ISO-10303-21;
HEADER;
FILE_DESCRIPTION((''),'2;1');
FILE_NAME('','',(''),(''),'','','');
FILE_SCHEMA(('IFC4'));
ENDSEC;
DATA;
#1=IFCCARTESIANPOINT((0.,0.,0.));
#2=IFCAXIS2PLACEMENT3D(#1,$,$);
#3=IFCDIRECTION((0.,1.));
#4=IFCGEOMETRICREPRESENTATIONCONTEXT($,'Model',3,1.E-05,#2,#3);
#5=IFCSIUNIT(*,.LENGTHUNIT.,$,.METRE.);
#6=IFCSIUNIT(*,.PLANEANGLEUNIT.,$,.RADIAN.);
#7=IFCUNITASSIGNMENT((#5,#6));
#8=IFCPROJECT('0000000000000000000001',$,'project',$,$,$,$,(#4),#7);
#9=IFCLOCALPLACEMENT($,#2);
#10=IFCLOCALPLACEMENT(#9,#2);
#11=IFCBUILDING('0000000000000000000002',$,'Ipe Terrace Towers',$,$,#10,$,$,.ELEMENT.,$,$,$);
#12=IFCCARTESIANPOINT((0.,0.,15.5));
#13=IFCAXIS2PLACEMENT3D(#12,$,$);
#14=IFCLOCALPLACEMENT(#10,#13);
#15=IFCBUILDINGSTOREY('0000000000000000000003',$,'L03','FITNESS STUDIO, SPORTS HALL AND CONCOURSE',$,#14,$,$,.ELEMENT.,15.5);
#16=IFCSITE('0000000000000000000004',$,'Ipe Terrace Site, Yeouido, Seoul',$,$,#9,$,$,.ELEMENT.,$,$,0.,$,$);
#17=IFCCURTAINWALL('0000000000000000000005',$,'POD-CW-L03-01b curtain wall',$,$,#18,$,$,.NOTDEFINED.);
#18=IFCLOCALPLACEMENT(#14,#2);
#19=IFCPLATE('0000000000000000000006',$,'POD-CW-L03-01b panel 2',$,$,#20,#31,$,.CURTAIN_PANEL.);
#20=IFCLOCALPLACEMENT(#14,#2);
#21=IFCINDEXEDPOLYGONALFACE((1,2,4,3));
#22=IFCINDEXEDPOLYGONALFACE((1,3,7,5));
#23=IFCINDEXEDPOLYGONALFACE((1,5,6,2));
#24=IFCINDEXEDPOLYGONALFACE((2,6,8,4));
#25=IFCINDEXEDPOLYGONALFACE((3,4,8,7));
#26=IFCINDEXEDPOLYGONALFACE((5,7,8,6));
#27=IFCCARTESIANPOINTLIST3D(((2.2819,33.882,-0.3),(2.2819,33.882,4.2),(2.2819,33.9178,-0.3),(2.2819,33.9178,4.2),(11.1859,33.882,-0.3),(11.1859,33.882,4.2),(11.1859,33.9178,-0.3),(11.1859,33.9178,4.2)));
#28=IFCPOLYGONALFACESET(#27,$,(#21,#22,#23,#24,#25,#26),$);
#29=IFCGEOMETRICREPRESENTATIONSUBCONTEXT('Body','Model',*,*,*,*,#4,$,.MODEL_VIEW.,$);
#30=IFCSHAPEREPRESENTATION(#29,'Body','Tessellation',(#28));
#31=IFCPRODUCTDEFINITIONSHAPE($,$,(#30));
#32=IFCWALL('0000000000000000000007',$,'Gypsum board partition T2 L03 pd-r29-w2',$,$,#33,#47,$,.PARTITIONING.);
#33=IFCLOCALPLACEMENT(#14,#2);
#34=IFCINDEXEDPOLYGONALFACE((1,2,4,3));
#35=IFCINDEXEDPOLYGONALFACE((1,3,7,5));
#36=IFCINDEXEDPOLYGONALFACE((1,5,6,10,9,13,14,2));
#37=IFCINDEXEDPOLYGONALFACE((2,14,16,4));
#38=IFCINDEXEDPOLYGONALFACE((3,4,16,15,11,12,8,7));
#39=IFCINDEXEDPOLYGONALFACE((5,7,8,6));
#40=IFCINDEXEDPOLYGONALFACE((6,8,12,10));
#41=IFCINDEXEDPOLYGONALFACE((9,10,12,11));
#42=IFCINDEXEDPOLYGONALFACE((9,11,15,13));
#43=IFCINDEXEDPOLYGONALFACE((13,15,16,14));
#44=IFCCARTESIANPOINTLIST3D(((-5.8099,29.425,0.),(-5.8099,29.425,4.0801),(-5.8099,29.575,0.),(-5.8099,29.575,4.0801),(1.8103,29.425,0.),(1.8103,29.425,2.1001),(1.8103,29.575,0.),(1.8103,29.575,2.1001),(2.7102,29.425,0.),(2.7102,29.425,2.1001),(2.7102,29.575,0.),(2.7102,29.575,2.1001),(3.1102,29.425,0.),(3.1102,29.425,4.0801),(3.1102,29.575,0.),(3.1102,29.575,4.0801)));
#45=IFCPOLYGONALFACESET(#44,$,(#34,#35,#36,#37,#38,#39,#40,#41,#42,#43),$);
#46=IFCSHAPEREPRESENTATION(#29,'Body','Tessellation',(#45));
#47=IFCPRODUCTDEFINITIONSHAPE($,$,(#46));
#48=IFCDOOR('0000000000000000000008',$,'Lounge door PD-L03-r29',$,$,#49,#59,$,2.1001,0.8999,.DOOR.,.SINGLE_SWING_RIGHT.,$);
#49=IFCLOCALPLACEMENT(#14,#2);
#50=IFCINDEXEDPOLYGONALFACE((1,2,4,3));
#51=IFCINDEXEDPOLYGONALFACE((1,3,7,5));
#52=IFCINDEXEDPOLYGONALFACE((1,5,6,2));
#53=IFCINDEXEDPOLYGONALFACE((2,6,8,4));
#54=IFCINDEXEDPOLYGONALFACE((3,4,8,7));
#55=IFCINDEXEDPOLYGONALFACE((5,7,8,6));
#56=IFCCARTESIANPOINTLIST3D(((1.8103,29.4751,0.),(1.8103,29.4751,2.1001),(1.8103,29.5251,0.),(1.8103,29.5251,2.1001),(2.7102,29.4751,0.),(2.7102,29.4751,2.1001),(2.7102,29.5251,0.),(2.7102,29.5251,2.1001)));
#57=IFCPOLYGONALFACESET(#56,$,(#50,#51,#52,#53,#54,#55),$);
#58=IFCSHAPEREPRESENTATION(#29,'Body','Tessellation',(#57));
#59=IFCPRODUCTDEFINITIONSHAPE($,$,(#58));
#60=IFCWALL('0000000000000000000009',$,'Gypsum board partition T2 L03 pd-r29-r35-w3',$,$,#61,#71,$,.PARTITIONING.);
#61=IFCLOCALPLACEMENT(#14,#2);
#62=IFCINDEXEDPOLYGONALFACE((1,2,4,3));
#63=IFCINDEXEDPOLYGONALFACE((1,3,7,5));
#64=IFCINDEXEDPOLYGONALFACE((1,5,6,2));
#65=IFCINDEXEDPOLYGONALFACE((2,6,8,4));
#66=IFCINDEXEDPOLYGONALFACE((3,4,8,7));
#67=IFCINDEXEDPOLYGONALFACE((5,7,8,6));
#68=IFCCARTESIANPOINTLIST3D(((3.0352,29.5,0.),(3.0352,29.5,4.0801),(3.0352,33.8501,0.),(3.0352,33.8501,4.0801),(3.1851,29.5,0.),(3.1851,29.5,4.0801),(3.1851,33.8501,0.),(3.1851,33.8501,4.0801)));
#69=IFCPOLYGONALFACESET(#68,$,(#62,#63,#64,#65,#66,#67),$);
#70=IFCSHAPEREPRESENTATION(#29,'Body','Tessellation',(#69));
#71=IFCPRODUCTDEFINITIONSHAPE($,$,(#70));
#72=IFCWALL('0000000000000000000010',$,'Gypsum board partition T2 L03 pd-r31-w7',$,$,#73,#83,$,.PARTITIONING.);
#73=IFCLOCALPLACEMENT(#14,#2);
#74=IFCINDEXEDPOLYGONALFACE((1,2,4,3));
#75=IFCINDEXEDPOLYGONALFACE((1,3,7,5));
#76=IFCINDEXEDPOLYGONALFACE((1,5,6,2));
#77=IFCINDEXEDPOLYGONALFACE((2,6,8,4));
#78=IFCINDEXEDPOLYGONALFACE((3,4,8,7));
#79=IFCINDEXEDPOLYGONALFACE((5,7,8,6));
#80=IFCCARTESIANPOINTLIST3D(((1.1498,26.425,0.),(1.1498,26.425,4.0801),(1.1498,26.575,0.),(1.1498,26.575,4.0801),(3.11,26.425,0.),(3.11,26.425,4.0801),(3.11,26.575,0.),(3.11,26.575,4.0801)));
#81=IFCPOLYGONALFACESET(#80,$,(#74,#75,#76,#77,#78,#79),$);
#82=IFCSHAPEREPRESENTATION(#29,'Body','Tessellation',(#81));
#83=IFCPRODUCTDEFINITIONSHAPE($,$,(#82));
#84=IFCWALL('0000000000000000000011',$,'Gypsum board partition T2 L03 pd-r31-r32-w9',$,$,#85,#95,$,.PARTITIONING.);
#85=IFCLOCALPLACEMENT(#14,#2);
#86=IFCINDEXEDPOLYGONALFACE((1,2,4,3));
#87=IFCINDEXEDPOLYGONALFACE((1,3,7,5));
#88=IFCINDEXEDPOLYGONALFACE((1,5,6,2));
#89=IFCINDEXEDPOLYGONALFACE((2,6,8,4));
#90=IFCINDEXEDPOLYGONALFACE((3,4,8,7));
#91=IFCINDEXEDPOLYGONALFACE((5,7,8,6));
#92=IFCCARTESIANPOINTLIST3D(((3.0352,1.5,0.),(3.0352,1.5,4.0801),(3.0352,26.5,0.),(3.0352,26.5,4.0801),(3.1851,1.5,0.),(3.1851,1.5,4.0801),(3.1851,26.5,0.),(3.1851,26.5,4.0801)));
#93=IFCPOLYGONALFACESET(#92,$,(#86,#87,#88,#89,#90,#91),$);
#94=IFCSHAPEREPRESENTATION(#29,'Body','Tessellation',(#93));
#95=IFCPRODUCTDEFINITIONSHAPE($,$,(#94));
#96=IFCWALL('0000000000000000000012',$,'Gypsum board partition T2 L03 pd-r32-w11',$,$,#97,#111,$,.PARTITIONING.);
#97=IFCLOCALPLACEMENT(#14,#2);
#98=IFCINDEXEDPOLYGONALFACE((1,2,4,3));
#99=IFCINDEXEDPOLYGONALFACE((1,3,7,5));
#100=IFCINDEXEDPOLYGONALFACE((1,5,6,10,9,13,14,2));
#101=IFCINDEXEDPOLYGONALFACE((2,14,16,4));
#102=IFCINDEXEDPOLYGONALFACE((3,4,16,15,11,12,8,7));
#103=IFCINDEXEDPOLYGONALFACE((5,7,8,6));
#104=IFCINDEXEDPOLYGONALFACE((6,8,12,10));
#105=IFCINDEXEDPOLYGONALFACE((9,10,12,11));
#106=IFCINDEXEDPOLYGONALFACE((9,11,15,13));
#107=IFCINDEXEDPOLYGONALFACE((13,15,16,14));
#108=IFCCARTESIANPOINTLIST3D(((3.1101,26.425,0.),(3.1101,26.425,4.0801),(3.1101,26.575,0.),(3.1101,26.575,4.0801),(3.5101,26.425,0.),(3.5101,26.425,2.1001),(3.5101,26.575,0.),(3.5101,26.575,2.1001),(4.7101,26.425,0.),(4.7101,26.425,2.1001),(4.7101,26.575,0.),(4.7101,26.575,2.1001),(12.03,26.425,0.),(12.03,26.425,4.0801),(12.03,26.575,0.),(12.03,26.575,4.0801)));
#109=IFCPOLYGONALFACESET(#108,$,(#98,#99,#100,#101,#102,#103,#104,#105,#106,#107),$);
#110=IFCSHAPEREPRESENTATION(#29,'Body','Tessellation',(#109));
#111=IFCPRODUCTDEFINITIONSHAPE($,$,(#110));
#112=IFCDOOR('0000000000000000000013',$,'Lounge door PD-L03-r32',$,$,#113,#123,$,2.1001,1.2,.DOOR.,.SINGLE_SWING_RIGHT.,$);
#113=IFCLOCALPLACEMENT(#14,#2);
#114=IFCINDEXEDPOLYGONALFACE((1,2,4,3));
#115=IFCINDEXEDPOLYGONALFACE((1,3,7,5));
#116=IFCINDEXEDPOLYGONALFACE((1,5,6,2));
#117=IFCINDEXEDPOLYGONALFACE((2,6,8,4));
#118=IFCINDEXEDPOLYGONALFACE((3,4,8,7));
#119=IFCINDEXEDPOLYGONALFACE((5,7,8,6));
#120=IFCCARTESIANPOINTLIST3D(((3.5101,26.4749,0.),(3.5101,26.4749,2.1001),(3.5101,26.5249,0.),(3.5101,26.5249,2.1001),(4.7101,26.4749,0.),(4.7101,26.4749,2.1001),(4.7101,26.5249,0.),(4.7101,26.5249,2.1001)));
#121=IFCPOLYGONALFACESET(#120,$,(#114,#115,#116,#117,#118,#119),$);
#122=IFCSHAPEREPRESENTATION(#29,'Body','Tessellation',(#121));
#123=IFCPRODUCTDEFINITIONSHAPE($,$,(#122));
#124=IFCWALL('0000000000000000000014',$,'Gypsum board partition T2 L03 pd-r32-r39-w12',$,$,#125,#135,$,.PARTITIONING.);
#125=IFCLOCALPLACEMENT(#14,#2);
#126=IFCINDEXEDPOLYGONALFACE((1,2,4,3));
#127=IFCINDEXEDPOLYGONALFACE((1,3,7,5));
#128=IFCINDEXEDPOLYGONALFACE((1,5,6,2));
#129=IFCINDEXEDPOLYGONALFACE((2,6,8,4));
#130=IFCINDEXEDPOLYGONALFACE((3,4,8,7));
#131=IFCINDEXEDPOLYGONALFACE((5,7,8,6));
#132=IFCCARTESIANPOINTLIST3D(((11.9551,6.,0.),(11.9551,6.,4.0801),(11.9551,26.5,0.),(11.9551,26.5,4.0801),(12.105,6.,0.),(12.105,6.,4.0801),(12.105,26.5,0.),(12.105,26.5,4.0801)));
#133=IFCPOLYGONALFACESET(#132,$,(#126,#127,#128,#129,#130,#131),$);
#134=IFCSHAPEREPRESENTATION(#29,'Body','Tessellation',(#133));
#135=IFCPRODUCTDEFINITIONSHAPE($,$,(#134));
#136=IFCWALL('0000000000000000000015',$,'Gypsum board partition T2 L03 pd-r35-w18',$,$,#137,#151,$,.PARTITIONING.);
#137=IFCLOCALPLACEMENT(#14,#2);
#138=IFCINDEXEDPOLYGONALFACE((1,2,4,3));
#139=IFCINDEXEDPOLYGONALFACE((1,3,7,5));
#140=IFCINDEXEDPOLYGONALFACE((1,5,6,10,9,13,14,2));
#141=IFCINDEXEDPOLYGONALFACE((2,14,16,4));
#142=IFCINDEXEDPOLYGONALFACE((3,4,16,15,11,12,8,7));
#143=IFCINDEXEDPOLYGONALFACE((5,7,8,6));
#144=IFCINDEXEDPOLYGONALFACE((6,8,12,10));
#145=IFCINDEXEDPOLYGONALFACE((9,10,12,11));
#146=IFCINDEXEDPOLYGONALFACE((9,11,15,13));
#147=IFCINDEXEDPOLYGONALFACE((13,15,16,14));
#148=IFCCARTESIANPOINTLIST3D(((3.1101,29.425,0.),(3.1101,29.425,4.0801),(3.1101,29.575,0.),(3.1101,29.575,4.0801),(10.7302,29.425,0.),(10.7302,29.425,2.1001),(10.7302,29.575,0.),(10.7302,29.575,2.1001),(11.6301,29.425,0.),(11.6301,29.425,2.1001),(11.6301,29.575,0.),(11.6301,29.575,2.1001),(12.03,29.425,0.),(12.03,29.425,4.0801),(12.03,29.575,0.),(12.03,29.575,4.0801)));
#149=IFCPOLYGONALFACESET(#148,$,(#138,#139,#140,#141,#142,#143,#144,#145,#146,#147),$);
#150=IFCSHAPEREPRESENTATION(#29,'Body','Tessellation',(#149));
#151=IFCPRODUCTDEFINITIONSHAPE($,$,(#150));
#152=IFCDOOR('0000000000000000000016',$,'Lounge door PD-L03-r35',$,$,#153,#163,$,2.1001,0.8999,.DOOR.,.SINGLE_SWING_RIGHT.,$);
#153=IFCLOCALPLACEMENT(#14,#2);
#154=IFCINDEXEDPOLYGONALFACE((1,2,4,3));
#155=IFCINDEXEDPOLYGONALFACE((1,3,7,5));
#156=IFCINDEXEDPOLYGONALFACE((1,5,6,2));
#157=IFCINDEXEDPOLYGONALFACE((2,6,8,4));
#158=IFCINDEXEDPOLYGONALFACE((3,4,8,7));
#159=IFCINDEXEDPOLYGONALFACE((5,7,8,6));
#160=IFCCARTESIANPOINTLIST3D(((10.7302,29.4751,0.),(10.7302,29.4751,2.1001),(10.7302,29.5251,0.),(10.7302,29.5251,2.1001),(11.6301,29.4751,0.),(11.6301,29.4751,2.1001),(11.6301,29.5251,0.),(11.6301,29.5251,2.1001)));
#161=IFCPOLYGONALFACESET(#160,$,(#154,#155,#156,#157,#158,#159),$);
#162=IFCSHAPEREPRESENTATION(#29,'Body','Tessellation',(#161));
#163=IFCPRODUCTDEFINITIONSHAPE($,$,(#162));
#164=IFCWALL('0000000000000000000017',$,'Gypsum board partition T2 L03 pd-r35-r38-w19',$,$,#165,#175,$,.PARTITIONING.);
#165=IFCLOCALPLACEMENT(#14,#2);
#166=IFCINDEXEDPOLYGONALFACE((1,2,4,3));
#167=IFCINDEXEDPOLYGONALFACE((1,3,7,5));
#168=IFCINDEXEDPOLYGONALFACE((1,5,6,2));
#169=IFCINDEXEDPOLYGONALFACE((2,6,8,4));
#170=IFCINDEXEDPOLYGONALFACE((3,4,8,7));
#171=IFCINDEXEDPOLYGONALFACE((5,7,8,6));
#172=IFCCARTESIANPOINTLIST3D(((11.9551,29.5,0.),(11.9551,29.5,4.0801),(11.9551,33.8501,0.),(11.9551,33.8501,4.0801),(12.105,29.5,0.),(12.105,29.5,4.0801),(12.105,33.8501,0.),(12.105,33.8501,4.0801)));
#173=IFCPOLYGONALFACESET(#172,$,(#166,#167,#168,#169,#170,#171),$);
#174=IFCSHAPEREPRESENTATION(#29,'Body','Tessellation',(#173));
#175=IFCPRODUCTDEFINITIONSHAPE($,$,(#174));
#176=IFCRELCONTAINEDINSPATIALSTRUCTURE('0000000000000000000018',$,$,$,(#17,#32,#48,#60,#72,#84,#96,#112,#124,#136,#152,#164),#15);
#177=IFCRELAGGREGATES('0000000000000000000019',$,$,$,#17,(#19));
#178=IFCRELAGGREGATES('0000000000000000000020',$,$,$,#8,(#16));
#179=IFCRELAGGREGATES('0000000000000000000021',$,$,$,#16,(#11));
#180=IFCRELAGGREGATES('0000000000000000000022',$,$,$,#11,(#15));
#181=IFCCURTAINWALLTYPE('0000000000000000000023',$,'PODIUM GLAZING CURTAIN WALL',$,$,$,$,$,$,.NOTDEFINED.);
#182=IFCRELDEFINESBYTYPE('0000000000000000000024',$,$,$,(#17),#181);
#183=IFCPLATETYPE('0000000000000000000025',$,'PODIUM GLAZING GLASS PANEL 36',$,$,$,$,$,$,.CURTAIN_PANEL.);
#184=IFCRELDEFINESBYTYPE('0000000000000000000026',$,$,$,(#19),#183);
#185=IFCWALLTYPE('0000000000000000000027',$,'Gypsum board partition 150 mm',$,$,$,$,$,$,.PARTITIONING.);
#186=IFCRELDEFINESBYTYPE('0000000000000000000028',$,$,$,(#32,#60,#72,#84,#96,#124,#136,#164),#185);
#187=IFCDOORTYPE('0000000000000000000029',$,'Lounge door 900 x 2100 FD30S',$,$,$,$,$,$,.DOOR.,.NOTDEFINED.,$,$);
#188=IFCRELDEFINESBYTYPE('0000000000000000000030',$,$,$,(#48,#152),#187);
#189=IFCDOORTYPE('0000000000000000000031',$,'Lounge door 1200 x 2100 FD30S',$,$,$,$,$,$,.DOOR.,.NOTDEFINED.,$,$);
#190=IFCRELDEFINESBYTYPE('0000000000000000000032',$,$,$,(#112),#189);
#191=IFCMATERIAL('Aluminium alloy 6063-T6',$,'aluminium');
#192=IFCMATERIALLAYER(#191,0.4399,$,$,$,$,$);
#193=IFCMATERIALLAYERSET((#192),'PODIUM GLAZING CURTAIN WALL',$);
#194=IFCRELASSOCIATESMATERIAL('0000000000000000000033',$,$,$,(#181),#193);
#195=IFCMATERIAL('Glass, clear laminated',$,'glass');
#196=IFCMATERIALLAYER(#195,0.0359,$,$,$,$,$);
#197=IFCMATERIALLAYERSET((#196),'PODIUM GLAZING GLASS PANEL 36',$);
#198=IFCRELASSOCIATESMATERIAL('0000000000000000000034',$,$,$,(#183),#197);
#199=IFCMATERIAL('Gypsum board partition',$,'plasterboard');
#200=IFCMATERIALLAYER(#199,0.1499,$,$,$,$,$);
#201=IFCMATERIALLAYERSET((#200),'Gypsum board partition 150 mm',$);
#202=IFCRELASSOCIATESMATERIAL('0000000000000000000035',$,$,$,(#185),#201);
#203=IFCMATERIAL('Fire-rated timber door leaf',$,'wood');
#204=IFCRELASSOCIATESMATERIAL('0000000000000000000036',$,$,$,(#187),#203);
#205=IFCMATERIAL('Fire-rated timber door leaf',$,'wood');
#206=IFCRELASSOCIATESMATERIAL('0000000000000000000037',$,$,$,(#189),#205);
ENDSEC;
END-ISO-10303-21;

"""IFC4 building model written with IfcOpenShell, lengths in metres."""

from ifc_helpers import new_model, si_unit, direction, frame, frame_2d, origin, origin_2d, place, context, subcontext, project, spatial, rectangle, extrude, material, layer, layer_set, type_object, element, fill, aggregate, save


model = new_model("IFC4")

# Units and contexts
model_context = context("Model", 3, precision=1e-05, world=origin(), true_north=direction((0.0, 1.0)))
body_context = subcontext(model_context, "Body", "Model", "MODEL_VIEW")
ifc_project = project(units=[si_unit("LENGTHUNIT", "METRE"), si_unit("PLANEANGLEUNIT", "RADIAN")], contexts=[model_context])

# Site, building, storey
site_placement = place(None, origin())
site = spatial("IfcSite", under=ifc_project, at=site_placement, Name="Ipe Terrace Site, Yeouido, Seoul", CompositionType="ELEMENT", RefElevation=0.0)
building_placement = place(site_placement, origin())
building = spatial("IfcBuilding", under=site, at=building_placement, Name="Ipe Terrace Towers", CompositionType="ELEMENT")
storey_placement = place(building_placement, frame((0.0, 0.0, 15.5)))
storey = spatial("IfcBuildingStorey", under=building, at=storey_placement, Name="L03", Description="FITNESS STUDIO, SPORTS HALL AND CONCOURSE", CompositionType="ELEMENT", Elevation=15.5)

# Curtain wall, plate
ifc_material_1 = material(Name="Aluminium alloy 6063-T6", Category="aluminium")
ifc_layer_1 = layer(ifc_material_1, 0.4399)
ifc_layer_set_1 = layer_set([ifc_layer_1], Name="PODIUM GLAZING CURTAIN WALL")
curtain_wall_type = type_object("IfcCurtainWallType", Name="PODIUM GLAZING CURTAIN WALL", PredefinedType="NOTDEFINED", material=ifc_layer_set_1)
curtain_wall_placement = place(storey_placement, origin())
curtain_wall = element("IfcCurtainWall", 1, at=curtain_wall_placement, inside=storey, type_object=curtain_wall_type, Name="POD-CW-L03-01b curtain wall", PredefinedType="NOTDEFINED")
ifc_material_2 = material(Name="Glass, clear laminated", Category="glass")
ifc_layer_2 = layer(ifc_material_2, 0.0359)
ifc_layer_set_2 = layer_set([ifc_layer_2], Name="PODIUM GLAZING GLASS PANEL 36")
plate_type = type_object("IfcPlateType", Name="PODIUM GLAZING GLASS PANEL 36", PredefinedType="CURTAIN_PANEL", material=ifc_layer_set_2)
plate_1_placement = place(storey_placement, frame((6.7339, 33.8999, -0.3), z_axis=(0.0, 0.0, 1.0), x_axis=(-1.0, 0.0, 0.0)))
plate_1 = element("IfcPlate", 2, at=plate_1_placement, type_object=plate_type, Name="POD-CW-L03-01b panel 2", PredefinedType="CURTAIN_PANEL", context=body_context, shape_type="SweptSolid", body=[
    extrude(rectangle(XDim=8.9041, YDim=0.0359, at=origin_2d()), origin(), (0.0, 0.0, 1.0), 4.5),
])
aggregate(curtain_wall, [plate_1])

# Wall, opening, door
ifc_material_3 = material(Name="Gypsum board partition", Category="plasterboard")
ifc_layer_3 = layer(ifc_material_3, 0.1499)
ifc_layer_set_3 = layer_set([ifc_layer_3], Name="Gypsum board partition 150 mm")
wall_type_1 = type_object("IfcWallType", Name="Gypsum board partition 150 mm", PredefinedType="PARTITIONING", material=ifc_layer_set_3)
wall_1_placement = place(storey_placement, frame((3.1101, 29.5, 0.0), z_axis=(0.0, 0.0, 1.0), x_axis=(-1.0, 0.0, 0.0)))
wall_1 = element("IfcWall", 3, at=wall_1_placement, inside=storey, type_object=wall_type_1, Name="Gypsum board partition T2 L03 pd-r29-w2", PredefinedType="PARTITIONING", context=body_context, shape_type="SweptSolid", body=[
    extrude(rectangle(XDim=8.9202, YDim=0.1499, at=frame_2d((4.46, 0.0))), origin(), (0.0, 0.0, 1.0), 4.0801),
])
opening_1_placement = place(wall_1_placement, frame((0.3999, 0.0, 0.0)))
opening_1 = element("IfcOpeningElement", 4, at=opening_1_placement, cuts=wall_1, PredefinedType="OPENING", context=body_context, shape_type="SweptSolid", body=[
    extrude(rectangle(XDim=0.8999, YDim=2.1001, at=frame_2d((0.45, 1.05))), frame((0.0, 0.085, 0.0), z_axis=(0.0, -1.0, 0.0), x_axis=(1.0, 0.0, 0.0)), (0.0, 0.0, 1.0), 0.1699),
])
ifc_material_4 = material(Name="Fire-rated timber door leaf", Category="wood")
door_type_1 = type_object("IfcDoorType", Name="Lounge door 900 x 2100 FD30S", OperationType="NOTDEFINED", PredefinedType="DOOR", material=ifc_material_4)
door_1_placement = place(opening_1_placement, origin())
door_1 = element("IfcDoor", 5, at=door_1_placement, inside=storey, type_object=door_type_1, Name="Lounge door PD-L03-r29", OperationType="SINGLE_SWING_RIGHT", OverallHeight=2.1001, OverallWidth=0.8999, PredefinedType="DOOR", context=body_context, shape_type="SweptSolid", body=[
    extrude(rectangle(XDim=0.8999, YDim=2.1001, at=frame_2d((0.45, 1.05))), frame((0.0, 0.0249, 0.0), z_axis=(0.0, -1.0, 0.0), x_axis=(1.0, 0.0, 0.0)), (0.0, 0.0, 1.0), 0.05),
])
fill(opening_1, door_1)

# Walls
wall_2_placement = place(storey_placement, frame((3.1101, 33.8501, 0.0), z_axis=(0.0, 0.0, 1.0), x_axis=(0.0, -1.0, 0.0)))
element("IfcWall", 6, at=wall_2_placement, inside=storey, type_object=wall_type_1, Name="Gypsum board partition T2 L03 pd-r29-r35-w3", PredefinedType="PARTITIONING", context=body_context, shape_type="SweptSolid", body=[
    extrude(rectangle(XDim=4.3501, YDim=0.1499, at=frame_2d((2.175, 0.0))), origin(), (0.0, 0.0, 1.0), 4.0801),
])
wall_3_placement = place(storey_placement, frame((1.1499, 26.5, 0.0), z_axis=(0.0, 0.0, 1.0), x_axis=(1.0, 0.0, 0.0)))
element("IfcWall", 7, at=wall_3_placement, inside=storey, type_object=wall_type_1, Name="Gypsum board partition T2 L03 pd-r31-w7", PredefinedType="PARTITIONING", context=body_context, shape_type="SweptSolid", body=[
    extrude(rectangle(XDim=1.9602, YDim=0.1499, at=frame_2d((0.98, 0.0))), origin(), (0.0, 0.0, 1.0), 4.0801),
])
wall_4_placement = place(storey_placement, frame((3.1101, 26.5, 0.0), z_axis=(0.0, 0.0, 1.0), x_axis=(0.0, -1.0, 0.0)))
element("IfcWall", 8, at=wall_4_placement, inside=storey, type_object=wall_type_1, Name="Gypsum board partition T2 L03 pd-r31-r32-w9", PredefinedType="PARTITIONING", context=body_context, shape_type="SweptSolid", body=[
    extrude(rectangle(XDim=25.0, YDim=0.1499, at=frame_2d((12.5, 0.0))), origin(), (0.0, 0.0, 1.0), 4.0801),
])

# Wall, opening, door
wall_5_placement = place(storey_placement, frame((3.1101, 26.5, 0.0), z_axis=(0.0, 0.0, 1.0), x_axis=(1.0, 0.0, 0.0)))
wall_5 = element("IfcWall", 9, at=wall_5_placement, inside=storey, type_object=wall_type_1, Name="Gypsum board partition T2 L03 pd-r32-w11", PredefinedType="PARTITIONING", context=body_context, shape_type="SweptSolid", body=[
    extrude(rectangle(XDim=8.9199, YDim=0.1499, at=frame_2d((4.46, 0.0))), origin(), (0.0, 0.0, 1.0), 4.0801),
])
opening_2_placement = place(wall_5_placement, frame((0.3999, 0.0, 0.0)))
opening_2 = element("IfcOpeningElement", 10, at=opening_2_placement, cuts=wall_5, PredefinedType="OPENING", context=body_context, shape_type="SweptSolid", body=[
    extrude(rectangle(XDim=1.2, YDim=2.1001, at=frame_2d((0.6001, 1.05))), frame((0.0, 0.085, 0.0), z_axis=(0.0, -1.0, 0.0), x_axis=(1.0, 0.0, 0.0)), (0.0, 0.0, 1.0), 0.1699),
])
ifc_material_5 = material(Name="Fire-rated timber door leaf", Category="wood")
door_type_2 = type_object("IfcDoorType", Name="Lounge door 1200 x 2100 FD30S", OperationType="NOTDEFINED", PredefinedType="DOOR", material=ifc_material_5)
door_2_placement = place(opening_2_placement, origin())
door_2 = element("IfcDoor", 11, at=door_2_placement, inside=storey, type_object=door_type_2, Name="Lounge door PD-L03-r32", OperationType="SINGLE_SWING_RIGHT", OverallHeight=2.1001, OverallWidth=1.2, PredefinedType="DOOR", context=body_context, shape_type="SweptSolid", body=[
    extrude(rectangle(XDim=1.2, YDim=2.1001, at=frame_2d((0.6001, 1.05))), frame((0.0, 0.0249, 0.0), z_axis=(0.0, -1.0, 0.0), x_axis=(1.0, 0.0, 0.0)), (0.0, 0.0, 1.0), 0.05),
])
fill(opening_2, door_2)

# Wall
wall_6_placement = place(storey_placement, frame((12.03, 26.5, 0.0), z_axis=(0.0, 0.0, 1.0), x_axis=(0.0, -1.0, 0.0)))
element("IfcWall", 12, at=wall_6_placement, inside=storey, type_object=wall_type_1, Name="Gypsum board partition T2 L03 pd-r32-r39-w12", PredefinedType="PARTITIONING", context=body_context, shape_type="SweptSolid", body=[
    extrude(rectangle(XDim=20.5, YDim=0.1499, at=frame_2d((10.25, 0.0))), origin(), (0.0, 0.0, 1.0), 4.0801),
])

# Wall, opening, door
wall_7_placement = place(storey_placement, frame((12.03, 29.5, 0.0), z_axis=(0.0, 0.0, 1.0), x_axis=(-1.0, 0.0, 0.0)))
wall_7 = element("IfcWall", 13, at=wall_7_placement, inside=storey, type_object=wall_type_1, Name="Gypsum board partition T2 L03 pd-r35-w18", PredefinedType="PARTITIONING", context=body_context, shape_type="SweptSolid", body=[
    extrude(rectangle(XDim=8.9199, YDim=0.1499, at=frame_2d((4.46, 0.0))), origin(), (0.0, 0.0, 1.0), 4.0801),
])
opening_3_placement = place(wall_7_placement, frame((0.3999, 0.0, 0.0)))
opening_3 = element("IfcOpeningElement", 14, at=opening_3_placement, cuts=wall_7, PredefinedType="OPENING", context=body_context, shape_type="SweptSolid", body=[
    extrude(rectangle(XDim=0.8999, YDim=2.1001, at=frame_2d((0.45, 1.05))), frame((0.0, 0.085, 0.0), z_axis=(0.0, -1.0, 0.0), x_axis=(1.0, 0.0, 0.0)), (0.0, 0.0, 1.0), 0.1699),
])
door_3_placement = place(opening_3_placement, origin())
door_3 = element("IfcDoor", 15, at=door_3_placement, inside=storey, type_object=door_type_1, Name="Lounge door PD-L03-r35", OperationType="SINGLE_SWING_RIGHT", OverallHeight=2.1001, OverallWidth=0.8999, PredefinedType="DOOR", context=body_context, shape_type="SweptSolid", body=[
    extrude(rectangle(XDim=0.8999, YDim=2.1001, at=frame_2d((0.45, 1.05))), frame((0.0, 0.0249, 0.0), z_axis=(0.0, -1.0, 0.0), x_axis=(1.0, 0.0, 0.0)), (0.0, 0.0, 1.0), 0.05),
])
fill(opening_3, door_3)

# Wall
wall_8_placement = place(storey_placement, frame((12.03, 33.8501, 0.0), z_axis=(0.0, 0.0, 1.0), x_axis=(0.0, -1.0, 0.0)))
element("IfcWall", 16, at=wall_8_placement, inside=storey, type_object=wall_type_1, Name="Gypsum board partition T2 L03 pd-r35-r38-w19", PredefinedType="PARTITIONING", context=body_context, shape_type="SweptSolid", body=[
    extrude(rectangle(XDim=4.3501, YDim=0.1499, at=frame_2d((2.175, 0.0))), origin(), (0.0, 0.0, 1.0), 4.0801),
])

save(model, "model.ifc")
